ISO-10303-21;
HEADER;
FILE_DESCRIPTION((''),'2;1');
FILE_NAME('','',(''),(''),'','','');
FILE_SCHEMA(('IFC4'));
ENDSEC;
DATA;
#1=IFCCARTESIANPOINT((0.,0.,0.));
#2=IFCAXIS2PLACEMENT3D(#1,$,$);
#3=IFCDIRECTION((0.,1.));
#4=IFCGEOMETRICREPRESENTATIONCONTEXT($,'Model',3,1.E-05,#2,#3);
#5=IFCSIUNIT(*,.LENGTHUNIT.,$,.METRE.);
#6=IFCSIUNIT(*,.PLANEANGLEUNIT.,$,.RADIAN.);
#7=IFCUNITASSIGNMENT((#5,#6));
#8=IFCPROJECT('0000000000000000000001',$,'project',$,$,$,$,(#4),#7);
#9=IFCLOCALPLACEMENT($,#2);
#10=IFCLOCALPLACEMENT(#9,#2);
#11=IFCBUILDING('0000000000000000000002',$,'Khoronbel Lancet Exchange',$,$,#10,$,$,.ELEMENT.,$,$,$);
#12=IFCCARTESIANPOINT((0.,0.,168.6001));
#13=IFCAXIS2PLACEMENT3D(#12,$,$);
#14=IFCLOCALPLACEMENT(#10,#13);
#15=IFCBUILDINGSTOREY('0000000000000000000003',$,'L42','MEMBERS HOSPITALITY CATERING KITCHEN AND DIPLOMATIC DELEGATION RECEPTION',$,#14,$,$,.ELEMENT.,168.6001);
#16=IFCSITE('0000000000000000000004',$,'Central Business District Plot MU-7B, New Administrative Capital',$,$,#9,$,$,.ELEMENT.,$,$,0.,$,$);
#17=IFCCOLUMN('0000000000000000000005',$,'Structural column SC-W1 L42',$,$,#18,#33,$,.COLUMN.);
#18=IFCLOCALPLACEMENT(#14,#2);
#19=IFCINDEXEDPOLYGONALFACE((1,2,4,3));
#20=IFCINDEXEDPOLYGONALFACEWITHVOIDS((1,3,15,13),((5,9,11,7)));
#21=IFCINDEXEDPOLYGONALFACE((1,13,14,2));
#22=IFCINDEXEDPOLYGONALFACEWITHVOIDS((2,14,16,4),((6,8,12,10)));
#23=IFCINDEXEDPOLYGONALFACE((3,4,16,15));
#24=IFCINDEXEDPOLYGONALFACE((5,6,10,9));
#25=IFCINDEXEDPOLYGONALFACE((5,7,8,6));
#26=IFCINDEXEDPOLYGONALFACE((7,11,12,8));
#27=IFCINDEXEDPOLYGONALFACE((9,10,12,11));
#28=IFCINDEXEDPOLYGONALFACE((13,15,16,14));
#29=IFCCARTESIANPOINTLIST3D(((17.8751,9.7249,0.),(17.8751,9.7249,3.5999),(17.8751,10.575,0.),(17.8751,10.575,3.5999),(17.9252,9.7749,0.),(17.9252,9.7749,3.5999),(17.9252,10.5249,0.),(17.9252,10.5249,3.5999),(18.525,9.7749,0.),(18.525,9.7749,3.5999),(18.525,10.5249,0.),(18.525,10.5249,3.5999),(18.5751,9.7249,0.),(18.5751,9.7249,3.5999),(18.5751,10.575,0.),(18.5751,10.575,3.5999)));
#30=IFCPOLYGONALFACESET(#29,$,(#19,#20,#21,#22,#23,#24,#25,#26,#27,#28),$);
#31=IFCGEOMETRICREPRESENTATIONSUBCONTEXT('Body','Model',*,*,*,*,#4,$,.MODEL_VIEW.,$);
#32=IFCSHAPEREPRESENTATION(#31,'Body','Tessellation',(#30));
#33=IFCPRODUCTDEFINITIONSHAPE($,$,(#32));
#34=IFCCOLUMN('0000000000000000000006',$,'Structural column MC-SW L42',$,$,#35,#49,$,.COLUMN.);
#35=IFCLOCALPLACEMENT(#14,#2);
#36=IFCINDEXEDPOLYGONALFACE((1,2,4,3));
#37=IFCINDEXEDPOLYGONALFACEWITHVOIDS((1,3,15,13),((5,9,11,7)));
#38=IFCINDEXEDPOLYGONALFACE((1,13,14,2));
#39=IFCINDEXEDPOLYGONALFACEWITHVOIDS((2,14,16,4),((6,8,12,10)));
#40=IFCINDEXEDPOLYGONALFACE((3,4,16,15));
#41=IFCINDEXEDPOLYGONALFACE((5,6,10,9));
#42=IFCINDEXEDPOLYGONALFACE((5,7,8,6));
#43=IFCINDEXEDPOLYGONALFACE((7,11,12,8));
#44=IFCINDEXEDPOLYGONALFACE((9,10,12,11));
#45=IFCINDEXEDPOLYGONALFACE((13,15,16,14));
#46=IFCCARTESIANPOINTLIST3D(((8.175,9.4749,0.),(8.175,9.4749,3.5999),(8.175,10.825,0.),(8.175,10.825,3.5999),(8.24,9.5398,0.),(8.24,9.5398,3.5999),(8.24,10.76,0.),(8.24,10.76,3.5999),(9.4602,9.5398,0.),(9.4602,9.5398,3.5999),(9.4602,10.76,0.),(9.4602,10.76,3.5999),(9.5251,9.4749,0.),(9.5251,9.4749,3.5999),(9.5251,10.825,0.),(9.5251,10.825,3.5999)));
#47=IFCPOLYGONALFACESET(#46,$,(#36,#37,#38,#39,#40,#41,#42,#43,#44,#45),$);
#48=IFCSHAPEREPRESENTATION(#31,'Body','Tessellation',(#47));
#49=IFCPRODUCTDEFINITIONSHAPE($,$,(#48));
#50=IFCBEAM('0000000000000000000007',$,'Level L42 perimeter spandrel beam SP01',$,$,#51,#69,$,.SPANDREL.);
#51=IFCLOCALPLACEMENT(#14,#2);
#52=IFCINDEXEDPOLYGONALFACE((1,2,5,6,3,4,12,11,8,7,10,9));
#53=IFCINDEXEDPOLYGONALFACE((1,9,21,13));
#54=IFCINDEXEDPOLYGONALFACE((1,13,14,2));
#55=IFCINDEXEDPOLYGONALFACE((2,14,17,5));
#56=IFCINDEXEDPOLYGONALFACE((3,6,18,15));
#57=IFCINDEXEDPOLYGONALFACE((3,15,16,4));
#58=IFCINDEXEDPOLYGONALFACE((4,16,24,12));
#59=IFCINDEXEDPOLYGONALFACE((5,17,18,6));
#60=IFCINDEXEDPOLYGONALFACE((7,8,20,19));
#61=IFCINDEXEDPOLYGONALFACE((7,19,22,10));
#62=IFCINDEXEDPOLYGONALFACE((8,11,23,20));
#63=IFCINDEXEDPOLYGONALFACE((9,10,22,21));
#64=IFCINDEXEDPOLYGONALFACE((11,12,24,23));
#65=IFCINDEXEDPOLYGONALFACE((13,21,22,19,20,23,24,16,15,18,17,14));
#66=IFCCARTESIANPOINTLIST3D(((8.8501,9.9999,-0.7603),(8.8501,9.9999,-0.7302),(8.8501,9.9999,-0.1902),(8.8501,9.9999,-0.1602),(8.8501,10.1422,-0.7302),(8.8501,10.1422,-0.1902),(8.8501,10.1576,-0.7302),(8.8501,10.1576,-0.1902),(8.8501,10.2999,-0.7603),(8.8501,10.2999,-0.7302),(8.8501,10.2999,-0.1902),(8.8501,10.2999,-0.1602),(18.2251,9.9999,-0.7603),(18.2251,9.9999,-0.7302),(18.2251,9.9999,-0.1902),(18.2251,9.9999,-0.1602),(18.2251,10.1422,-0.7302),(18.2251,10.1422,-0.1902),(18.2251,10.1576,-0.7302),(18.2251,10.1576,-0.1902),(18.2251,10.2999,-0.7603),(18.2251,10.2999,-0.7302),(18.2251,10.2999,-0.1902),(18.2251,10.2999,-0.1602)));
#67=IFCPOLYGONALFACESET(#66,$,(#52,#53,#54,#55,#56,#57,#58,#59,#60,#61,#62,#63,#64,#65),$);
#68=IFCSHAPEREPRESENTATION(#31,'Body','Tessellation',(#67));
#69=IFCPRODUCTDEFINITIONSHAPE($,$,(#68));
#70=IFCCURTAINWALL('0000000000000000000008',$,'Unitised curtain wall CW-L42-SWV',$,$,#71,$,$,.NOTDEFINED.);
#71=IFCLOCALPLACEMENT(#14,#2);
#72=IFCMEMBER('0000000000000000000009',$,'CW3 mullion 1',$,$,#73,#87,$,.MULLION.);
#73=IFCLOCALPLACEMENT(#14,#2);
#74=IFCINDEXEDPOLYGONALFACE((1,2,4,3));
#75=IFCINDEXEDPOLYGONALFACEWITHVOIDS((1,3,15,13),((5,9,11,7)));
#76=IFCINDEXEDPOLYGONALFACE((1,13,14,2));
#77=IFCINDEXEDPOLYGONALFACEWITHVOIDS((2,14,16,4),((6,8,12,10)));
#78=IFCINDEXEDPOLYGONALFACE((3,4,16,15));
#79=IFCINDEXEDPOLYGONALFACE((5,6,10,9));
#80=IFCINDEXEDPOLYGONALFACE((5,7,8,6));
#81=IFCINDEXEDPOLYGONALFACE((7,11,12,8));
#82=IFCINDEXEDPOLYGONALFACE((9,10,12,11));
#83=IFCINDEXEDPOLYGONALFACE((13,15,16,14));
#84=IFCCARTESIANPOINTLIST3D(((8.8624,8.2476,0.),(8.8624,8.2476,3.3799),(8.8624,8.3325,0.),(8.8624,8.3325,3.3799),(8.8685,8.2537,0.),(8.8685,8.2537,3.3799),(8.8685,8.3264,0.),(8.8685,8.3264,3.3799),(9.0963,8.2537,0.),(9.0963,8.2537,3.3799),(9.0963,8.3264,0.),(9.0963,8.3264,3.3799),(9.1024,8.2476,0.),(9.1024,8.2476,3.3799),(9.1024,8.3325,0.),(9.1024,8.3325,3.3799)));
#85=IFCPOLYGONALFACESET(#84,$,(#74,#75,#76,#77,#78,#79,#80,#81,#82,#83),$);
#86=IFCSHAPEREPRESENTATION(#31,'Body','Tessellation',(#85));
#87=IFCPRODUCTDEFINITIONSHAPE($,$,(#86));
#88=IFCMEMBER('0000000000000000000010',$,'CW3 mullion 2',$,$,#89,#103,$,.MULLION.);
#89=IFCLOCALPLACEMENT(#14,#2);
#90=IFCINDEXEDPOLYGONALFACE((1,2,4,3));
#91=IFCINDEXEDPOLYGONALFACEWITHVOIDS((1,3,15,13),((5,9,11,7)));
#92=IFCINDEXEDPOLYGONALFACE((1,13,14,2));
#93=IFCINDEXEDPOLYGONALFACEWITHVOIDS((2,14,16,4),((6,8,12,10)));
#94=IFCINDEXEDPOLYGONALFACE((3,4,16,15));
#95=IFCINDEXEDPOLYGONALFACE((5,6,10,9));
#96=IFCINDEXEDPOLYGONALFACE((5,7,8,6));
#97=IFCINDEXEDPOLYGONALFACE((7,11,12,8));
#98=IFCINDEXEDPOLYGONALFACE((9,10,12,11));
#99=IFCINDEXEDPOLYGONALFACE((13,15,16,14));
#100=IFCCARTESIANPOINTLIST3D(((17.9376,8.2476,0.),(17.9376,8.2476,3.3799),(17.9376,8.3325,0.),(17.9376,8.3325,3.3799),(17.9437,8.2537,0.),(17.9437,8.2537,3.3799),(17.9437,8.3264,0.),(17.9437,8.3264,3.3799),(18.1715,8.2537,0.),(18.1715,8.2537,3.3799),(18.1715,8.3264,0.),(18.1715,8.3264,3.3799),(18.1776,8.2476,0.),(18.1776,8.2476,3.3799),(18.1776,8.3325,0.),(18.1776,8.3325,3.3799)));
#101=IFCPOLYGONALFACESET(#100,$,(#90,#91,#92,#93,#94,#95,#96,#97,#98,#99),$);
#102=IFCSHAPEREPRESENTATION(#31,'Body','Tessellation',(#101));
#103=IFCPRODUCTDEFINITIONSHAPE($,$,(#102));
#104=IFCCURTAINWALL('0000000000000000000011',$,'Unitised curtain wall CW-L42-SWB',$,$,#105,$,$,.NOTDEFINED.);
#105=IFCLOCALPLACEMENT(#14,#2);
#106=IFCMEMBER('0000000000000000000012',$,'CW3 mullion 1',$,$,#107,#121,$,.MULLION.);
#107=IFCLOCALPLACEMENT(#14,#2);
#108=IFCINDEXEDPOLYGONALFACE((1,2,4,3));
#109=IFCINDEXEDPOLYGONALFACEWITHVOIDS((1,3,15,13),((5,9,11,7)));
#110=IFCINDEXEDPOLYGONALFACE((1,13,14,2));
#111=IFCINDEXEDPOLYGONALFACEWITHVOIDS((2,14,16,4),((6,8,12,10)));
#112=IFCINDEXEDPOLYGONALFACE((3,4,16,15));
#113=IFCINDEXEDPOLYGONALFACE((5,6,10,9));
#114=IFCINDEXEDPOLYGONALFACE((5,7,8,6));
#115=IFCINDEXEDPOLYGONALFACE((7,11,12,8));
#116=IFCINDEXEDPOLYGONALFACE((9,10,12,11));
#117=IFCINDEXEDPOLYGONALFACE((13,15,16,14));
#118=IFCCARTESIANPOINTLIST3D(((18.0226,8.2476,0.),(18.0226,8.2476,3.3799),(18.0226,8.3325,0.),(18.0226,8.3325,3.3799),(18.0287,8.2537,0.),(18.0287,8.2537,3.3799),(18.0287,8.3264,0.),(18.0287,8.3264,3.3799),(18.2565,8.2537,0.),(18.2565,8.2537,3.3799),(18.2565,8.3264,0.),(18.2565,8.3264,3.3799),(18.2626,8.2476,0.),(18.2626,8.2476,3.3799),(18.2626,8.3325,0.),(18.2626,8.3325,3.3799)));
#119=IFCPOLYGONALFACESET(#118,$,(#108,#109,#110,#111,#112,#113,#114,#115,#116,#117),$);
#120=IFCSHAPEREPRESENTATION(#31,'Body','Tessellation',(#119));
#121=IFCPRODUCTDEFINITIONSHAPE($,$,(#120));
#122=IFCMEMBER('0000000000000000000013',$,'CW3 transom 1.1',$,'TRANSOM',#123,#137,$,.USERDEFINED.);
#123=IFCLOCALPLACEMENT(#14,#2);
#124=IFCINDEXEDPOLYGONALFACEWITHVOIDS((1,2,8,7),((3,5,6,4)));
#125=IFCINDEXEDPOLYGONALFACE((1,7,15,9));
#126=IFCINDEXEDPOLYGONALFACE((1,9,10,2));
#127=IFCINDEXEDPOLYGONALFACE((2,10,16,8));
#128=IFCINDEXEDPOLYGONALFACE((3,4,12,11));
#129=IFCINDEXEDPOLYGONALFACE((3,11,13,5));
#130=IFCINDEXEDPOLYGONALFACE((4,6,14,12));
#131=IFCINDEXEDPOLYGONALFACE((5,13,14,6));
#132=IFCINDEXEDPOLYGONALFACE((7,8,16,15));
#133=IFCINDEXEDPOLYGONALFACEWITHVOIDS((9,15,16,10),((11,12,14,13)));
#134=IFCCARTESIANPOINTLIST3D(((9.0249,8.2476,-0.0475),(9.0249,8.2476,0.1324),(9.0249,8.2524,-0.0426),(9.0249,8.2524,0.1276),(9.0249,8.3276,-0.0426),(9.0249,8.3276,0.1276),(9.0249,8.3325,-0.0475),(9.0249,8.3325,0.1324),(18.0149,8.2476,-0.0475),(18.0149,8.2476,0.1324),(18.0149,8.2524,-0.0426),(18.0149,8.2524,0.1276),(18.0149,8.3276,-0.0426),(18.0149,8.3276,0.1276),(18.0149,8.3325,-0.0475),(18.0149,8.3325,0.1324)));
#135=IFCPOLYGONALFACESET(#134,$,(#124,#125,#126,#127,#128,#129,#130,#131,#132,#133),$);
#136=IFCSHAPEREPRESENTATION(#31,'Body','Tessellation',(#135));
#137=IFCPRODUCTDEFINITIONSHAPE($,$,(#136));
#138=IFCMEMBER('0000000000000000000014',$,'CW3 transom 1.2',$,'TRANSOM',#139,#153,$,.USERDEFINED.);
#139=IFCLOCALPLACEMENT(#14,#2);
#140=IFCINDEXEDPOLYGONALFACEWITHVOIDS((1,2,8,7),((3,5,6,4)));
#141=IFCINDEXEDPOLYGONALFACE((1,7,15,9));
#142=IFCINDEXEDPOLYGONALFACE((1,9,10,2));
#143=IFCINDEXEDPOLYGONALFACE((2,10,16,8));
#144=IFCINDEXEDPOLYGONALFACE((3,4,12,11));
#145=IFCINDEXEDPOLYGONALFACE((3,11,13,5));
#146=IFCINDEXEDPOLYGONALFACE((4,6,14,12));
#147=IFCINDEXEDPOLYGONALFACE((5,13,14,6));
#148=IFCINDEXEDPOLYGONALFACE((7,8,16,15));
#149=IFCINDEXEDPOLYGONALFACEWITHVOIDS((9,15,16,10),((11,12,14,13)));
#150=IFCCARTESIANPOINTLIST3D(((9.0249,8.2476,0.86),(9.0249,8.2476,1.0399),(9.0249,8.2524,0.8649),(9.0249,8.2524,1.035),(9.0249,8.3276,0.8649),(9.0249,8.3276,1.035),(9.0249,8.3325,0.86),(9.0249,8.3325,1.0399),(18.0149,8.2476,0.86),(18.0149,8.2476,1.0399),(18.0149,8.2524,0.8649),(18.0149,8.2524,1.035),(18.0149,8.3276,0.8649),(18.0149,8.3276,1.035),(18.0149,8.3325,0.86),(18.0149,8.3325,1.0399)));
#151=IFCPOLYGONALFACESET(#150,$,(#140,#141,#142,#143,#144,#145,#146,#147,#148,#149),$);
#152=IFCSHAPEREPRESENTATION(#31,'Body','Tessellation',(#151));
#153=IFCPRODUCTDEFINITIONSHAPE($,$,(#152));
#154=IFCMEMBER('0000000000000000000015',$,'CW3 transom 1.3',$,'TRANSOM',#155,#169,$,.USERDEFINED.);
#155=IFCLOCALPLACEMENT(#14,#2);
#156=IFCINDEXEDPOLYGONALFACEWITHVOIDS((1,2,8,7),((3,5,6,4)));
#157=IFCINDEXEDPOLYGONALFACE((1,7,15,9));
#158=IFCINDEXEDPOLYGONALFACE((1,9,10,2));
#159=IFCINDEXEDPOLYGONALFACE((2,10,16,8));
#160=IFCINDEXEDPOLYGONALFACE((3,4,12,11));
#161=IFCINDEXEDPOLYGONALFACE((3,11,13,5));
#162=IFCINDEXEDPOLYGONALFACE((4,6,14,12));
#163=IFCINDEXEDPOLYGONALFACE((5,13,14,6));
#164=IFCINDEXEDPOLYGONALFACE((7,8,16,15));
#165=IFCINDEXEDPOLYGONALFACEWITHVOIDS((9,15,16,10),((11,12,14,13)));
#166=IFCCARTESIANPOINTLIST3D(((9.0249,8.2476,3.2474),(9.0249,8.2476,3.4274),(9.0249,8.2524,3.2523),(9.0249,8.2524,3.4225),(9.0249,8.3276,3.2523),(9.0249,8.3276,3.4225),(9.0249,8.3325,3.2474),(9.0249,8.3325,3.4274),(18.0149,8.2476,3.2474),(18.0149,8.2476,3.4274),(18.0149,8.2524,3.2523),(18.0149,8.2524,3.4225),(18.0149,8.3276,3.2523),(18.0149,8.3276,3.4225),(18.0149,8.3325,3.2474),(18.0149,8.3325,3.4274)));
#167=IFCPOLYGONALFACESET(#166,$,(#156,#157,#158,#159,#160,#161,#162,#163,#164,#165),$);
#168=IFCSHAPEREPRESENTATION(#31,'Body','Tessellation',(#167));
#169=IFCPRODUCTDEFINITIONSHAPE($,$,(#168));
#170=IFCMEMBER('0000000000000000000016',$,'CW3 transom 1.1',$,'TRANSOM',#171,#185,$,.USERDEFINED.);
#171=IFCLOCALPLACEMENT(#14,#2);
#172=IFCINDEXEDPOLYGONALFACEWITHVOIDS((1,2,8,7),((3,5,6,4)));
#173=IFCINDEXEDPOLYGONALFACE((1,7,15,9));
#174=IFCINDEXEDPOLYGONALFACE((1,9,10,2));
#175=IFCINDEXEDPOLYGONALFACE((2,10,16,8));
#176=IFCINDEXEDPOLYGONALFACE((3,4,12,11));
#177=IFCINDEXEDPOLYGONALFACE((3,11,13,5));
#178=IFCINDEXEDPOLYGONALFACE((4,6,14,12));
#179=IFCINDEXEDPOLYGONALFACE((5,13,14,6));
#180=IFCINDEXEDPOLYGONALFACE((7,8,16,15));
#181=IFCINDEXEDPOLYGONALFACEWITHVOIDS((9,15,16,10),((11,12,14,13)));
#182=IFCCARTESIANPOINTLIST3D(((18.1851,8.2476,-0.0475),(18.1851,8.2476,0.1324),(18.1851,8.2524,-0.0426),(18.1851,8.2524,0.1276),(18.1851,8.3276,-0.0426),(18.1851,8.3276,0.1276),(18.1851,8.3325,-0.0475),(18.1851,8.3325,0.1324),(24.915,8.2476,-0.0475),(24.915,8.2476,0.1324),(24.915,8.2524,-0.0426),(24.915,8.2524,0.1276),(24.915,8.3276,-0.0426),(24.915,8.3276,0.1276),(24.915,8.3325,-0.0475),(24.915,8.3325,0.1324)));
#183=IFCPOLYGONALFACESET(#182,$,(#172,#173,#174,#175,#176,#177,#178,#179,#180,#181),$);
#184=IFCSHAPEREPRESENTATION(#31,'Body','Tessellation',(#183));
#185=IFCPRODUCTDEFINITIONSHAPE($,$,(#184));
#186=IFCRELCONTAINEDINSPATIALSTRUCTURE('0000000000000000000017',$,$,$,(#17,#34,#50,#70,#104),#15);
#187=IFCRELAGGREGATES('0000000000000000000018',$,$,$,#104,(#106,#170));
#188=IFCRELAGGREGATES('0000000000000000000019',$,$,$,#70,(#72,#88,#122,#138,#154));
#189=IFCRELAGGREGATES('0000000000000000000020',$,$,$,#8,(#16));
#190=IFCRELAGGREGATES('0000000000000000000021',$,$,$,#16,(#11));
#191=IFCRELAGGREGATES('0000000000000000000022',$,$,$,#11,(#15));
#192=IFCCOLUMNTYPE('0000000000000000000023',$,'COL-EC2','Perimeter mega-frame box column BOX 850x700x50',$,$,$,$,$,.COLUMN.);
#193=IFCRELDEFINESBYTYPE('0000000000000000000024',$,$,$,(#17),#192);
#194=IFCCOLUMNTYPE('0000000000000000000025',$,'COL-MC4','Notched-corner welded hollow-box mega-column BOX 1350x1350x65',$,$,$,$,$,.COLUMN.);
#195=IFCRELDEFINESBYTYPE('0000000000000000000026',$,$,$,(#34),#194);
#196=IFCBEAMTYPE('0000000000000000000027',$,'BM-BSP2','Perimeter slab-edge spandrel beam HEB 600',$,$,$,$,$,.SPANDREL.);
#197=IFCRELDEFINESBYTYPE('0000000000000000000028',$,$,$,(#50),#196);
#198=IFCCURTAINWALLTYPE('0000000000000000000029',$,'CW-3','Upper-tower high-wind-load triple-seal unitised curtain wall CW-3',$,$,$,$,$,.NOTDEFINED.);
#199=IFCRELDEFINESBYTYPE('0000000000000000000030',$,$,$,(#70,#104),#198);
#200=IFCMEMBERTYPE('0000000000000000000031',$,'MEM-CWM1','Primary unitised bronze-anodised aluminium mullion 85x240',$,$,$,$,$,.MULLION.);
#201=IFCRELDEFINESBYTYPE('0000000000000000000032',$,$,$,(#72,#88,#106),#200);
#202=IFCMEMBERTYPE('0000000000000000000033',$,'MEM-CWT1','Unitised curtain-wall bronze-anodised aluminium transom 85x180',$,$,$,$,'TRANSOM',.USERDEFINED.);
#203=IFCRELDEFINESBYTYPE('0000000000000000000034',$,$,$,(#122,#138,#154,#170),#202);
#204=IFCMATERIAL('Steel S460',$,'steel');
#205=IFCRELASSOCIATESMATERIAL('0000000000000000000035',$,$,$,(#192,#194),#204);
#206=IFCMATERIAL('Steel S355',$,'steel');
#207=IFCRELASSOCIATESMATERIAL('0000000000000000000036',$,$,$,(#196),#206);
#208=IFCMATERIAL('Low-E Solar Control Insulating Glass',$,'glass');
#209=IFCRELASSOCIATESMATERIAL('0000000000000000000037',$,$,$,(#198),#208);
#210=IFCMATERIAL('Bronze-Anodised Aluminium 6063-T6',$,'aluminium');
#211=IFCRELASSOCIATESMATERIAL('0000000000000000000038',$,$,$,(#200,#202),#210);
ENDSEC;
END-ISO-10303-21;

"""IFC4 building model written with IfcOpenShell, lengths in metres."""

from ifc_helpers import new_model, si_unit, direction, frame, origin, origin_2d, place, context, subcontext, project, spatial, hollow_rectangle, i_section, extrude, material, material_profile, profile_set, type_object, element, aggregate, save


model = new_model("IFC4")

# Units and contexts
model_context = context("Model", 3, precision=1e-05, world=origin(), true_north=direction((0.0, 1.0)))
body_context = subcontext(model_context, "Body", "Model", "MODEL_VIEW")
ifc_project = project(units=[si_unit("LENGTHUNIT", "METRE"), si_unit("PLANEANGLEUNIT", "RADIAN")], contexts=[model_context])

# Site, building, storey
site_placement = place(None, origin())
site = spatial("IfcSite", under=ifc_project, at=site_placement, Name="Central Business District Plot MU-7B, New Administrative Capital", CompositionType="ELEMENT", RefElevation=0.0)
building_placement = place(site_placement, origin())
building = spatial("IfcBuilding", under=site, at=building_placement, Name="Khoronbel Lancet Exchange", CompositionType="ELEMENT")
storey_placement = place(building_placement, frame((0.0, 0.0, 168.6001)))
storey = spatial("IfcBuildingStorey", under=building, at=storey_placement, Name="L42", Description="MEMBERS HOSPITALITY CATERING KITCHEN AND DIPLOMATIC DELEGATION RECEPTION", CompositionType="ELEMENT", Elevation=168.6001)

# Columns
ifc_material_1 = material(Name="Steel S460", Category="steel")
ifc_material_profile_1 = material_profile(ifc_material_1, hollow_rectangle(XDim=0.7, YDim=0.8501, WallThickness=0.05, at=origin_2d()), Name="BOX 850x700x50")
ifc_profile_set_1 = profile_set([ifc_material_profile_1], Name="Steel S460")
column_type_1 = type_object("IfcColumnType", Name="COL-EC2", Description="Perimeter mega-frame box column BOX 850x700x50", PredefinedType="COLUMN", material=ifc_profile_set_1)
column_1_placement = place(storey_placement, frame((18.2251, 10.1499, 0.0), z_axis=(0.0, 0.0, 1.0), x_axis=(1.0, 0.0, 0.0)))
element("IfcColumn", 1, at=column_1_placement, inside=storey, type_object=column_type_1, Name="Structural column SC-W1 L42", PredefinedType="COLUMN", context=body_context, shape_type="SweptSolid", body=[
    extrude(hollow_rectangle(XDim=0.7, YDim=0.8501, WallThickness=0.05, at=origin_2d()), origin(), (0.0, 0.0, 1.0), 3.5999),
])
ifc_material_profile_2 = material_profile(ifc_material_1, hollow_rectangle(XDim=1.3501, YDim=1.3501, WallThickness=0.0649, at=origin_2d()), Name="BOX 1350x1350x65")
ifc_profile_set_2 = profile_set([ifc_material_profile_2], Name="Steel S460")
column_type_2 = type_object("IfcColumnType", Name="COL-MC4", Description="Notched-corner welded hollow-box mega-column BOX 1350x1350x65", PredefinedType="COLUMN", material=ifc_profile_set_2)
column_2_placement = place(storey_placement, frame((8.8501, 10.1499, 0.0), z_axis=(0.0, 0.0, 1.0), x_axis=(1.0, 0.0, 0.0)))
element("IfcColumn", 2, at=column_2_placement, inside=storey, type_object=column_type_2, Name="Structural column MC-SW L42", PredefinedType="COLUMN", context=body_context, shape_type="SweptSolid", body=[
    extrude(hollow_rectangle(XDim=1.3501, YDim=1.3501, WallThickness=0.0649, at=origin_2d()), origin(), (0.0, 0.0, 1.0), 3.5999),
])

# Beam
ifc_material_2 = material(Name="Steel S355", Category="steel")
ifc_material_profile_3 = material_profile(ifc_material_2, i_section(OverallWidth=0.3, OverallDepth=0.6001, WebThickness=0.0154, FlangeThickness=0.03, at=origin_2d()), Name="HEB 600")
ifc_profile_set_3 = profile_set([ifc_material_profile_3], Name="Steel S355")
beam_type = type_object("IfcBeamType", Name="BM-BSP2", Description="Perimeter slab-edge spandrel beam HEB 600", PredefinedType="SPANDREL", material=ifc_profile_set_3)
beam_placement = place(storey_placement, frame((8.8501, 10.1499, -0.4602), z_axis=(1.0, 0.0, 0.0), x_axis=(0.0, 1.0, 0.0)))
element("IfcBeam", 3, at=beam_placement, inside=storey, type_object=beam_type, Name="Level L42 perimeter spandrel beam SP01", PredefinedType="SPANDREL", context=body_context, shape_type="SweptSolid", body=[
    extrude(i_section(OverallWidth=0.3, OverallDepth=0.6001, WebThickness=0.0154, FlangeThickness=0.03, at=origin_2d()), origin(), (0.0, 0.0, 1.0), 9.375),
])

# Curtain wall, members
ifc_material_3 = material(Name="Low-E Solar Control Insulating Glass", Category="glass")
curtain_wall_type = type_object("IfcCurtainWallType", Name="CW-3", Description="Upper-tower high-wind-load triple-seal unitised curtain wall CW-3", PredefinedType="NOTDEFINED", material=ifc_material_3)
curtain_wall_1_placement = place(storey_placement, origin())
curtain_wall_1 = element("IfcCurtainWall", 4, at=curtain_wall_1_placement, inside=storey, type_object=curtain_wall_type, Name="Unitised curtain wall CW-L42-SWV", PredefinedType="NOTDEFINED")
ifc_material_4 = material(Name="Bronze-Anodised Aluminium 6063-T6", Category="aluminium")
ifc_material_profile_4 = material_profile(ifc_material_4, hollow_rectangle(XDim=0.085, YDim=0.24, WallThickness=0.0061, at=origin_2d()), Name="ALU MULLION 85x240")
ifc_profile_set_4 = profile_set([ifc_material_profile_4], Name="Bronze-Anodised Aluminium 6063-T6")
member_type_1 = type_object("IfcMemberType", Name="MEM-CWM1", Description="Primary unitised bronze-anodised aluminium mullion 85x240", PredefinedType="MULLION", material=ifc_profile_set_4)
member_1_placement = place(storey_placement, frame((8.9824, 8.29, 0.0), z_axis=(0.0, 0.0, 1.0), x_axis=(0.0, 1.0, 0.0)))
member_1 = element("IfcMember", 5, at=member_1_placement, type_object=member_type_1, Name="CW3 mullion 1", PredefinedType="MULLION", context=body_context, shape_type="SweptSolid", body=[
    extrude(hollow_rectangle(XDim=0.085, YDim=0.24, WallThickness=0.0061, at=origin_2d()), origin(), (0.0, 0.0, 1.0), 3.3799),
])
member_2_placement = place(storey_placement, frame((18.0576, 8.29, 0.0), z_axis=(0.0, 0.0, 1.0), x_axis=(0.0, 1.0, 0.0)))
member_2 = element("IfcMember", 6, at=member_2_placement, type_object=member_type_1, Name="CW3 mullion 2", PredefinedType="MULLION", context=body_context, shape_type="SweptSolid", body=[
    extrude(hollow_rectangle(XDim=0.085, YDim=0.24, WallThickness=0.0061, at=origin_2d()), origin(), (0.0, 0.0, 1.0), 3.3799),
])

# Curtain wall, member
curtain_wall_2_placement = place(storey_placement, origin())
curtain_wall_2 = element("IfcCurtainWall", 7, at=curtain_wall_2_placement, inside=storey, type_object=curtain_wall_type, Name="Unitised curtain wall CW-L42-SWB", PredefinedType="NOTDEFINED")
member_3_placement = place(storey_placement, frame((18.1426, 8.29, 0.0), z_axis=(0.0, 0.0, 1.0), x_axis=(0.0, 1.0, 0.0)))
member_3 = element("IfcMember", 8, at=member_3_placement, type_object=member_type_1, Name="CW3 mullion 1", PredefinedType="MULLION", context=body_context, shape_type="SweptSolid", body=[
    extrude(hollow_rectangle(XDim=0.085, YDim=0.24, WallThickness=0.0061, at=origin_2d()), origin(), (0.0, 0.0, 1.0), 3.3799),
])

# Members
ifc_material_profile_5 = material_profile(ifc_material_4, hollow_rectangle(XDim=0.085, YDim=0.1799, WallThickness=0.0049, at=origin_2d()), Name="ALU TRANSOM 85x180")
ifc_profile_set_5 = profile_set([ifc_material_profile_5], Name="Bronze-Anodised Aluminium 6063-T6")
member_type_2 = type_object("IfcMemberType", Name="MEM-CWT1", Description="Unitised curtain-wall bronze-anodised aluminium transom 85x180", ElementType="TRANSOM", PredefinedType="USERDEFINED", material=ifc_profile_set_5)
member_4_placement = place(storey_placement, frame((9.0249, 8.29, 0.0425), z_axis=(1.0, 0.0, 0.0), x_axis=(0.0, 1.0, 0.0)))
member_4 = element("IfcMember", 9, at=member_4_placement, type_object=member_type_2, Name="CW3 transom 1.1", ObjectType="TRANSOM", PredefinedType="USERDEFINED", context=body_context, shape_type="SweptSolid", body=[
    extrude(hollow_rectangle(XDim=0.085, YDim=0.1799, WallThickness=0.0049, at=origin_2d()), origin(), (0.0, 0.0, 1.0), 8.99),
])
member_5_placement = place(storey_placement, frame((9.0249, 8.29, 0.95), z_axis=(1.0, 0.0, 0.0), x_axis=(0.0, 1.0, 0.0)))
member_5 = element("IfcMember", 10, at=member_5_placement, type_object=member_type_2, Name="CW3 transom 1.2", ObjectType="TRANSOM", PredefinedType="USERDEFINED", context=body_context, shape_type="SweptSolid", body=[
    extrude(hollow_rectangle(XDim=0.085, YDim=0.1799, WallThickness=0.0049, at=origin_2d()), origin(), (0.0, 0.0, 1.0), 8.99),
])
member_6_placement = place(storey_placement, frame((9.0249, 8.29, 3.3374), z_axis=(1.0, 0.0, 0.0), x_axis=(0.0, 1.0, 0.0)))
member_6 = element("IfcMember", 11, at=member_6_placement, type_object=member_type_2, Name="CW3 transom 1.3", ObjectType="TRANSOM", PredefinedType="USERDEFINED", context=body_context, shape_type="SweptSolid", body=[
    extrude(hollow_rectangle(XDim=0.085, YDim=0.1799, WallThickness=0.0049, at=origin_2d()), origin(), (0.0, 0.0, 1.0), 8.99),
])
member_7_placement = place(storey_placement, frame((18.1851, 8.29, 0.0425), z_axis=(1.0, 0.0, 0.0), x_axis=(0.0, 1.0, 0.0)))
member_7 = element("IfcMember", 12, at=member_7_placement, type_object=member_type_2, Name="CW3 transom 1.1", ObjectType="TRANSOM", PredefinedType="USERDEFINED", context=body_context, shape_type="SweptSolid", body=[
    extrude(hollow_rectangle(XDim=0.085, YDim=0.1799, WallThickness=0.0049, at=origin_2d()), origin(), (0.0, 0.0, 1.0), 6.73),
])
aggregate(curtain_wall_2, [member_3, member_7])

aggregate(curtain_wall_1, [member_1, member_2, member_4, member_5, member_6])

save(model, "model.ifc")
